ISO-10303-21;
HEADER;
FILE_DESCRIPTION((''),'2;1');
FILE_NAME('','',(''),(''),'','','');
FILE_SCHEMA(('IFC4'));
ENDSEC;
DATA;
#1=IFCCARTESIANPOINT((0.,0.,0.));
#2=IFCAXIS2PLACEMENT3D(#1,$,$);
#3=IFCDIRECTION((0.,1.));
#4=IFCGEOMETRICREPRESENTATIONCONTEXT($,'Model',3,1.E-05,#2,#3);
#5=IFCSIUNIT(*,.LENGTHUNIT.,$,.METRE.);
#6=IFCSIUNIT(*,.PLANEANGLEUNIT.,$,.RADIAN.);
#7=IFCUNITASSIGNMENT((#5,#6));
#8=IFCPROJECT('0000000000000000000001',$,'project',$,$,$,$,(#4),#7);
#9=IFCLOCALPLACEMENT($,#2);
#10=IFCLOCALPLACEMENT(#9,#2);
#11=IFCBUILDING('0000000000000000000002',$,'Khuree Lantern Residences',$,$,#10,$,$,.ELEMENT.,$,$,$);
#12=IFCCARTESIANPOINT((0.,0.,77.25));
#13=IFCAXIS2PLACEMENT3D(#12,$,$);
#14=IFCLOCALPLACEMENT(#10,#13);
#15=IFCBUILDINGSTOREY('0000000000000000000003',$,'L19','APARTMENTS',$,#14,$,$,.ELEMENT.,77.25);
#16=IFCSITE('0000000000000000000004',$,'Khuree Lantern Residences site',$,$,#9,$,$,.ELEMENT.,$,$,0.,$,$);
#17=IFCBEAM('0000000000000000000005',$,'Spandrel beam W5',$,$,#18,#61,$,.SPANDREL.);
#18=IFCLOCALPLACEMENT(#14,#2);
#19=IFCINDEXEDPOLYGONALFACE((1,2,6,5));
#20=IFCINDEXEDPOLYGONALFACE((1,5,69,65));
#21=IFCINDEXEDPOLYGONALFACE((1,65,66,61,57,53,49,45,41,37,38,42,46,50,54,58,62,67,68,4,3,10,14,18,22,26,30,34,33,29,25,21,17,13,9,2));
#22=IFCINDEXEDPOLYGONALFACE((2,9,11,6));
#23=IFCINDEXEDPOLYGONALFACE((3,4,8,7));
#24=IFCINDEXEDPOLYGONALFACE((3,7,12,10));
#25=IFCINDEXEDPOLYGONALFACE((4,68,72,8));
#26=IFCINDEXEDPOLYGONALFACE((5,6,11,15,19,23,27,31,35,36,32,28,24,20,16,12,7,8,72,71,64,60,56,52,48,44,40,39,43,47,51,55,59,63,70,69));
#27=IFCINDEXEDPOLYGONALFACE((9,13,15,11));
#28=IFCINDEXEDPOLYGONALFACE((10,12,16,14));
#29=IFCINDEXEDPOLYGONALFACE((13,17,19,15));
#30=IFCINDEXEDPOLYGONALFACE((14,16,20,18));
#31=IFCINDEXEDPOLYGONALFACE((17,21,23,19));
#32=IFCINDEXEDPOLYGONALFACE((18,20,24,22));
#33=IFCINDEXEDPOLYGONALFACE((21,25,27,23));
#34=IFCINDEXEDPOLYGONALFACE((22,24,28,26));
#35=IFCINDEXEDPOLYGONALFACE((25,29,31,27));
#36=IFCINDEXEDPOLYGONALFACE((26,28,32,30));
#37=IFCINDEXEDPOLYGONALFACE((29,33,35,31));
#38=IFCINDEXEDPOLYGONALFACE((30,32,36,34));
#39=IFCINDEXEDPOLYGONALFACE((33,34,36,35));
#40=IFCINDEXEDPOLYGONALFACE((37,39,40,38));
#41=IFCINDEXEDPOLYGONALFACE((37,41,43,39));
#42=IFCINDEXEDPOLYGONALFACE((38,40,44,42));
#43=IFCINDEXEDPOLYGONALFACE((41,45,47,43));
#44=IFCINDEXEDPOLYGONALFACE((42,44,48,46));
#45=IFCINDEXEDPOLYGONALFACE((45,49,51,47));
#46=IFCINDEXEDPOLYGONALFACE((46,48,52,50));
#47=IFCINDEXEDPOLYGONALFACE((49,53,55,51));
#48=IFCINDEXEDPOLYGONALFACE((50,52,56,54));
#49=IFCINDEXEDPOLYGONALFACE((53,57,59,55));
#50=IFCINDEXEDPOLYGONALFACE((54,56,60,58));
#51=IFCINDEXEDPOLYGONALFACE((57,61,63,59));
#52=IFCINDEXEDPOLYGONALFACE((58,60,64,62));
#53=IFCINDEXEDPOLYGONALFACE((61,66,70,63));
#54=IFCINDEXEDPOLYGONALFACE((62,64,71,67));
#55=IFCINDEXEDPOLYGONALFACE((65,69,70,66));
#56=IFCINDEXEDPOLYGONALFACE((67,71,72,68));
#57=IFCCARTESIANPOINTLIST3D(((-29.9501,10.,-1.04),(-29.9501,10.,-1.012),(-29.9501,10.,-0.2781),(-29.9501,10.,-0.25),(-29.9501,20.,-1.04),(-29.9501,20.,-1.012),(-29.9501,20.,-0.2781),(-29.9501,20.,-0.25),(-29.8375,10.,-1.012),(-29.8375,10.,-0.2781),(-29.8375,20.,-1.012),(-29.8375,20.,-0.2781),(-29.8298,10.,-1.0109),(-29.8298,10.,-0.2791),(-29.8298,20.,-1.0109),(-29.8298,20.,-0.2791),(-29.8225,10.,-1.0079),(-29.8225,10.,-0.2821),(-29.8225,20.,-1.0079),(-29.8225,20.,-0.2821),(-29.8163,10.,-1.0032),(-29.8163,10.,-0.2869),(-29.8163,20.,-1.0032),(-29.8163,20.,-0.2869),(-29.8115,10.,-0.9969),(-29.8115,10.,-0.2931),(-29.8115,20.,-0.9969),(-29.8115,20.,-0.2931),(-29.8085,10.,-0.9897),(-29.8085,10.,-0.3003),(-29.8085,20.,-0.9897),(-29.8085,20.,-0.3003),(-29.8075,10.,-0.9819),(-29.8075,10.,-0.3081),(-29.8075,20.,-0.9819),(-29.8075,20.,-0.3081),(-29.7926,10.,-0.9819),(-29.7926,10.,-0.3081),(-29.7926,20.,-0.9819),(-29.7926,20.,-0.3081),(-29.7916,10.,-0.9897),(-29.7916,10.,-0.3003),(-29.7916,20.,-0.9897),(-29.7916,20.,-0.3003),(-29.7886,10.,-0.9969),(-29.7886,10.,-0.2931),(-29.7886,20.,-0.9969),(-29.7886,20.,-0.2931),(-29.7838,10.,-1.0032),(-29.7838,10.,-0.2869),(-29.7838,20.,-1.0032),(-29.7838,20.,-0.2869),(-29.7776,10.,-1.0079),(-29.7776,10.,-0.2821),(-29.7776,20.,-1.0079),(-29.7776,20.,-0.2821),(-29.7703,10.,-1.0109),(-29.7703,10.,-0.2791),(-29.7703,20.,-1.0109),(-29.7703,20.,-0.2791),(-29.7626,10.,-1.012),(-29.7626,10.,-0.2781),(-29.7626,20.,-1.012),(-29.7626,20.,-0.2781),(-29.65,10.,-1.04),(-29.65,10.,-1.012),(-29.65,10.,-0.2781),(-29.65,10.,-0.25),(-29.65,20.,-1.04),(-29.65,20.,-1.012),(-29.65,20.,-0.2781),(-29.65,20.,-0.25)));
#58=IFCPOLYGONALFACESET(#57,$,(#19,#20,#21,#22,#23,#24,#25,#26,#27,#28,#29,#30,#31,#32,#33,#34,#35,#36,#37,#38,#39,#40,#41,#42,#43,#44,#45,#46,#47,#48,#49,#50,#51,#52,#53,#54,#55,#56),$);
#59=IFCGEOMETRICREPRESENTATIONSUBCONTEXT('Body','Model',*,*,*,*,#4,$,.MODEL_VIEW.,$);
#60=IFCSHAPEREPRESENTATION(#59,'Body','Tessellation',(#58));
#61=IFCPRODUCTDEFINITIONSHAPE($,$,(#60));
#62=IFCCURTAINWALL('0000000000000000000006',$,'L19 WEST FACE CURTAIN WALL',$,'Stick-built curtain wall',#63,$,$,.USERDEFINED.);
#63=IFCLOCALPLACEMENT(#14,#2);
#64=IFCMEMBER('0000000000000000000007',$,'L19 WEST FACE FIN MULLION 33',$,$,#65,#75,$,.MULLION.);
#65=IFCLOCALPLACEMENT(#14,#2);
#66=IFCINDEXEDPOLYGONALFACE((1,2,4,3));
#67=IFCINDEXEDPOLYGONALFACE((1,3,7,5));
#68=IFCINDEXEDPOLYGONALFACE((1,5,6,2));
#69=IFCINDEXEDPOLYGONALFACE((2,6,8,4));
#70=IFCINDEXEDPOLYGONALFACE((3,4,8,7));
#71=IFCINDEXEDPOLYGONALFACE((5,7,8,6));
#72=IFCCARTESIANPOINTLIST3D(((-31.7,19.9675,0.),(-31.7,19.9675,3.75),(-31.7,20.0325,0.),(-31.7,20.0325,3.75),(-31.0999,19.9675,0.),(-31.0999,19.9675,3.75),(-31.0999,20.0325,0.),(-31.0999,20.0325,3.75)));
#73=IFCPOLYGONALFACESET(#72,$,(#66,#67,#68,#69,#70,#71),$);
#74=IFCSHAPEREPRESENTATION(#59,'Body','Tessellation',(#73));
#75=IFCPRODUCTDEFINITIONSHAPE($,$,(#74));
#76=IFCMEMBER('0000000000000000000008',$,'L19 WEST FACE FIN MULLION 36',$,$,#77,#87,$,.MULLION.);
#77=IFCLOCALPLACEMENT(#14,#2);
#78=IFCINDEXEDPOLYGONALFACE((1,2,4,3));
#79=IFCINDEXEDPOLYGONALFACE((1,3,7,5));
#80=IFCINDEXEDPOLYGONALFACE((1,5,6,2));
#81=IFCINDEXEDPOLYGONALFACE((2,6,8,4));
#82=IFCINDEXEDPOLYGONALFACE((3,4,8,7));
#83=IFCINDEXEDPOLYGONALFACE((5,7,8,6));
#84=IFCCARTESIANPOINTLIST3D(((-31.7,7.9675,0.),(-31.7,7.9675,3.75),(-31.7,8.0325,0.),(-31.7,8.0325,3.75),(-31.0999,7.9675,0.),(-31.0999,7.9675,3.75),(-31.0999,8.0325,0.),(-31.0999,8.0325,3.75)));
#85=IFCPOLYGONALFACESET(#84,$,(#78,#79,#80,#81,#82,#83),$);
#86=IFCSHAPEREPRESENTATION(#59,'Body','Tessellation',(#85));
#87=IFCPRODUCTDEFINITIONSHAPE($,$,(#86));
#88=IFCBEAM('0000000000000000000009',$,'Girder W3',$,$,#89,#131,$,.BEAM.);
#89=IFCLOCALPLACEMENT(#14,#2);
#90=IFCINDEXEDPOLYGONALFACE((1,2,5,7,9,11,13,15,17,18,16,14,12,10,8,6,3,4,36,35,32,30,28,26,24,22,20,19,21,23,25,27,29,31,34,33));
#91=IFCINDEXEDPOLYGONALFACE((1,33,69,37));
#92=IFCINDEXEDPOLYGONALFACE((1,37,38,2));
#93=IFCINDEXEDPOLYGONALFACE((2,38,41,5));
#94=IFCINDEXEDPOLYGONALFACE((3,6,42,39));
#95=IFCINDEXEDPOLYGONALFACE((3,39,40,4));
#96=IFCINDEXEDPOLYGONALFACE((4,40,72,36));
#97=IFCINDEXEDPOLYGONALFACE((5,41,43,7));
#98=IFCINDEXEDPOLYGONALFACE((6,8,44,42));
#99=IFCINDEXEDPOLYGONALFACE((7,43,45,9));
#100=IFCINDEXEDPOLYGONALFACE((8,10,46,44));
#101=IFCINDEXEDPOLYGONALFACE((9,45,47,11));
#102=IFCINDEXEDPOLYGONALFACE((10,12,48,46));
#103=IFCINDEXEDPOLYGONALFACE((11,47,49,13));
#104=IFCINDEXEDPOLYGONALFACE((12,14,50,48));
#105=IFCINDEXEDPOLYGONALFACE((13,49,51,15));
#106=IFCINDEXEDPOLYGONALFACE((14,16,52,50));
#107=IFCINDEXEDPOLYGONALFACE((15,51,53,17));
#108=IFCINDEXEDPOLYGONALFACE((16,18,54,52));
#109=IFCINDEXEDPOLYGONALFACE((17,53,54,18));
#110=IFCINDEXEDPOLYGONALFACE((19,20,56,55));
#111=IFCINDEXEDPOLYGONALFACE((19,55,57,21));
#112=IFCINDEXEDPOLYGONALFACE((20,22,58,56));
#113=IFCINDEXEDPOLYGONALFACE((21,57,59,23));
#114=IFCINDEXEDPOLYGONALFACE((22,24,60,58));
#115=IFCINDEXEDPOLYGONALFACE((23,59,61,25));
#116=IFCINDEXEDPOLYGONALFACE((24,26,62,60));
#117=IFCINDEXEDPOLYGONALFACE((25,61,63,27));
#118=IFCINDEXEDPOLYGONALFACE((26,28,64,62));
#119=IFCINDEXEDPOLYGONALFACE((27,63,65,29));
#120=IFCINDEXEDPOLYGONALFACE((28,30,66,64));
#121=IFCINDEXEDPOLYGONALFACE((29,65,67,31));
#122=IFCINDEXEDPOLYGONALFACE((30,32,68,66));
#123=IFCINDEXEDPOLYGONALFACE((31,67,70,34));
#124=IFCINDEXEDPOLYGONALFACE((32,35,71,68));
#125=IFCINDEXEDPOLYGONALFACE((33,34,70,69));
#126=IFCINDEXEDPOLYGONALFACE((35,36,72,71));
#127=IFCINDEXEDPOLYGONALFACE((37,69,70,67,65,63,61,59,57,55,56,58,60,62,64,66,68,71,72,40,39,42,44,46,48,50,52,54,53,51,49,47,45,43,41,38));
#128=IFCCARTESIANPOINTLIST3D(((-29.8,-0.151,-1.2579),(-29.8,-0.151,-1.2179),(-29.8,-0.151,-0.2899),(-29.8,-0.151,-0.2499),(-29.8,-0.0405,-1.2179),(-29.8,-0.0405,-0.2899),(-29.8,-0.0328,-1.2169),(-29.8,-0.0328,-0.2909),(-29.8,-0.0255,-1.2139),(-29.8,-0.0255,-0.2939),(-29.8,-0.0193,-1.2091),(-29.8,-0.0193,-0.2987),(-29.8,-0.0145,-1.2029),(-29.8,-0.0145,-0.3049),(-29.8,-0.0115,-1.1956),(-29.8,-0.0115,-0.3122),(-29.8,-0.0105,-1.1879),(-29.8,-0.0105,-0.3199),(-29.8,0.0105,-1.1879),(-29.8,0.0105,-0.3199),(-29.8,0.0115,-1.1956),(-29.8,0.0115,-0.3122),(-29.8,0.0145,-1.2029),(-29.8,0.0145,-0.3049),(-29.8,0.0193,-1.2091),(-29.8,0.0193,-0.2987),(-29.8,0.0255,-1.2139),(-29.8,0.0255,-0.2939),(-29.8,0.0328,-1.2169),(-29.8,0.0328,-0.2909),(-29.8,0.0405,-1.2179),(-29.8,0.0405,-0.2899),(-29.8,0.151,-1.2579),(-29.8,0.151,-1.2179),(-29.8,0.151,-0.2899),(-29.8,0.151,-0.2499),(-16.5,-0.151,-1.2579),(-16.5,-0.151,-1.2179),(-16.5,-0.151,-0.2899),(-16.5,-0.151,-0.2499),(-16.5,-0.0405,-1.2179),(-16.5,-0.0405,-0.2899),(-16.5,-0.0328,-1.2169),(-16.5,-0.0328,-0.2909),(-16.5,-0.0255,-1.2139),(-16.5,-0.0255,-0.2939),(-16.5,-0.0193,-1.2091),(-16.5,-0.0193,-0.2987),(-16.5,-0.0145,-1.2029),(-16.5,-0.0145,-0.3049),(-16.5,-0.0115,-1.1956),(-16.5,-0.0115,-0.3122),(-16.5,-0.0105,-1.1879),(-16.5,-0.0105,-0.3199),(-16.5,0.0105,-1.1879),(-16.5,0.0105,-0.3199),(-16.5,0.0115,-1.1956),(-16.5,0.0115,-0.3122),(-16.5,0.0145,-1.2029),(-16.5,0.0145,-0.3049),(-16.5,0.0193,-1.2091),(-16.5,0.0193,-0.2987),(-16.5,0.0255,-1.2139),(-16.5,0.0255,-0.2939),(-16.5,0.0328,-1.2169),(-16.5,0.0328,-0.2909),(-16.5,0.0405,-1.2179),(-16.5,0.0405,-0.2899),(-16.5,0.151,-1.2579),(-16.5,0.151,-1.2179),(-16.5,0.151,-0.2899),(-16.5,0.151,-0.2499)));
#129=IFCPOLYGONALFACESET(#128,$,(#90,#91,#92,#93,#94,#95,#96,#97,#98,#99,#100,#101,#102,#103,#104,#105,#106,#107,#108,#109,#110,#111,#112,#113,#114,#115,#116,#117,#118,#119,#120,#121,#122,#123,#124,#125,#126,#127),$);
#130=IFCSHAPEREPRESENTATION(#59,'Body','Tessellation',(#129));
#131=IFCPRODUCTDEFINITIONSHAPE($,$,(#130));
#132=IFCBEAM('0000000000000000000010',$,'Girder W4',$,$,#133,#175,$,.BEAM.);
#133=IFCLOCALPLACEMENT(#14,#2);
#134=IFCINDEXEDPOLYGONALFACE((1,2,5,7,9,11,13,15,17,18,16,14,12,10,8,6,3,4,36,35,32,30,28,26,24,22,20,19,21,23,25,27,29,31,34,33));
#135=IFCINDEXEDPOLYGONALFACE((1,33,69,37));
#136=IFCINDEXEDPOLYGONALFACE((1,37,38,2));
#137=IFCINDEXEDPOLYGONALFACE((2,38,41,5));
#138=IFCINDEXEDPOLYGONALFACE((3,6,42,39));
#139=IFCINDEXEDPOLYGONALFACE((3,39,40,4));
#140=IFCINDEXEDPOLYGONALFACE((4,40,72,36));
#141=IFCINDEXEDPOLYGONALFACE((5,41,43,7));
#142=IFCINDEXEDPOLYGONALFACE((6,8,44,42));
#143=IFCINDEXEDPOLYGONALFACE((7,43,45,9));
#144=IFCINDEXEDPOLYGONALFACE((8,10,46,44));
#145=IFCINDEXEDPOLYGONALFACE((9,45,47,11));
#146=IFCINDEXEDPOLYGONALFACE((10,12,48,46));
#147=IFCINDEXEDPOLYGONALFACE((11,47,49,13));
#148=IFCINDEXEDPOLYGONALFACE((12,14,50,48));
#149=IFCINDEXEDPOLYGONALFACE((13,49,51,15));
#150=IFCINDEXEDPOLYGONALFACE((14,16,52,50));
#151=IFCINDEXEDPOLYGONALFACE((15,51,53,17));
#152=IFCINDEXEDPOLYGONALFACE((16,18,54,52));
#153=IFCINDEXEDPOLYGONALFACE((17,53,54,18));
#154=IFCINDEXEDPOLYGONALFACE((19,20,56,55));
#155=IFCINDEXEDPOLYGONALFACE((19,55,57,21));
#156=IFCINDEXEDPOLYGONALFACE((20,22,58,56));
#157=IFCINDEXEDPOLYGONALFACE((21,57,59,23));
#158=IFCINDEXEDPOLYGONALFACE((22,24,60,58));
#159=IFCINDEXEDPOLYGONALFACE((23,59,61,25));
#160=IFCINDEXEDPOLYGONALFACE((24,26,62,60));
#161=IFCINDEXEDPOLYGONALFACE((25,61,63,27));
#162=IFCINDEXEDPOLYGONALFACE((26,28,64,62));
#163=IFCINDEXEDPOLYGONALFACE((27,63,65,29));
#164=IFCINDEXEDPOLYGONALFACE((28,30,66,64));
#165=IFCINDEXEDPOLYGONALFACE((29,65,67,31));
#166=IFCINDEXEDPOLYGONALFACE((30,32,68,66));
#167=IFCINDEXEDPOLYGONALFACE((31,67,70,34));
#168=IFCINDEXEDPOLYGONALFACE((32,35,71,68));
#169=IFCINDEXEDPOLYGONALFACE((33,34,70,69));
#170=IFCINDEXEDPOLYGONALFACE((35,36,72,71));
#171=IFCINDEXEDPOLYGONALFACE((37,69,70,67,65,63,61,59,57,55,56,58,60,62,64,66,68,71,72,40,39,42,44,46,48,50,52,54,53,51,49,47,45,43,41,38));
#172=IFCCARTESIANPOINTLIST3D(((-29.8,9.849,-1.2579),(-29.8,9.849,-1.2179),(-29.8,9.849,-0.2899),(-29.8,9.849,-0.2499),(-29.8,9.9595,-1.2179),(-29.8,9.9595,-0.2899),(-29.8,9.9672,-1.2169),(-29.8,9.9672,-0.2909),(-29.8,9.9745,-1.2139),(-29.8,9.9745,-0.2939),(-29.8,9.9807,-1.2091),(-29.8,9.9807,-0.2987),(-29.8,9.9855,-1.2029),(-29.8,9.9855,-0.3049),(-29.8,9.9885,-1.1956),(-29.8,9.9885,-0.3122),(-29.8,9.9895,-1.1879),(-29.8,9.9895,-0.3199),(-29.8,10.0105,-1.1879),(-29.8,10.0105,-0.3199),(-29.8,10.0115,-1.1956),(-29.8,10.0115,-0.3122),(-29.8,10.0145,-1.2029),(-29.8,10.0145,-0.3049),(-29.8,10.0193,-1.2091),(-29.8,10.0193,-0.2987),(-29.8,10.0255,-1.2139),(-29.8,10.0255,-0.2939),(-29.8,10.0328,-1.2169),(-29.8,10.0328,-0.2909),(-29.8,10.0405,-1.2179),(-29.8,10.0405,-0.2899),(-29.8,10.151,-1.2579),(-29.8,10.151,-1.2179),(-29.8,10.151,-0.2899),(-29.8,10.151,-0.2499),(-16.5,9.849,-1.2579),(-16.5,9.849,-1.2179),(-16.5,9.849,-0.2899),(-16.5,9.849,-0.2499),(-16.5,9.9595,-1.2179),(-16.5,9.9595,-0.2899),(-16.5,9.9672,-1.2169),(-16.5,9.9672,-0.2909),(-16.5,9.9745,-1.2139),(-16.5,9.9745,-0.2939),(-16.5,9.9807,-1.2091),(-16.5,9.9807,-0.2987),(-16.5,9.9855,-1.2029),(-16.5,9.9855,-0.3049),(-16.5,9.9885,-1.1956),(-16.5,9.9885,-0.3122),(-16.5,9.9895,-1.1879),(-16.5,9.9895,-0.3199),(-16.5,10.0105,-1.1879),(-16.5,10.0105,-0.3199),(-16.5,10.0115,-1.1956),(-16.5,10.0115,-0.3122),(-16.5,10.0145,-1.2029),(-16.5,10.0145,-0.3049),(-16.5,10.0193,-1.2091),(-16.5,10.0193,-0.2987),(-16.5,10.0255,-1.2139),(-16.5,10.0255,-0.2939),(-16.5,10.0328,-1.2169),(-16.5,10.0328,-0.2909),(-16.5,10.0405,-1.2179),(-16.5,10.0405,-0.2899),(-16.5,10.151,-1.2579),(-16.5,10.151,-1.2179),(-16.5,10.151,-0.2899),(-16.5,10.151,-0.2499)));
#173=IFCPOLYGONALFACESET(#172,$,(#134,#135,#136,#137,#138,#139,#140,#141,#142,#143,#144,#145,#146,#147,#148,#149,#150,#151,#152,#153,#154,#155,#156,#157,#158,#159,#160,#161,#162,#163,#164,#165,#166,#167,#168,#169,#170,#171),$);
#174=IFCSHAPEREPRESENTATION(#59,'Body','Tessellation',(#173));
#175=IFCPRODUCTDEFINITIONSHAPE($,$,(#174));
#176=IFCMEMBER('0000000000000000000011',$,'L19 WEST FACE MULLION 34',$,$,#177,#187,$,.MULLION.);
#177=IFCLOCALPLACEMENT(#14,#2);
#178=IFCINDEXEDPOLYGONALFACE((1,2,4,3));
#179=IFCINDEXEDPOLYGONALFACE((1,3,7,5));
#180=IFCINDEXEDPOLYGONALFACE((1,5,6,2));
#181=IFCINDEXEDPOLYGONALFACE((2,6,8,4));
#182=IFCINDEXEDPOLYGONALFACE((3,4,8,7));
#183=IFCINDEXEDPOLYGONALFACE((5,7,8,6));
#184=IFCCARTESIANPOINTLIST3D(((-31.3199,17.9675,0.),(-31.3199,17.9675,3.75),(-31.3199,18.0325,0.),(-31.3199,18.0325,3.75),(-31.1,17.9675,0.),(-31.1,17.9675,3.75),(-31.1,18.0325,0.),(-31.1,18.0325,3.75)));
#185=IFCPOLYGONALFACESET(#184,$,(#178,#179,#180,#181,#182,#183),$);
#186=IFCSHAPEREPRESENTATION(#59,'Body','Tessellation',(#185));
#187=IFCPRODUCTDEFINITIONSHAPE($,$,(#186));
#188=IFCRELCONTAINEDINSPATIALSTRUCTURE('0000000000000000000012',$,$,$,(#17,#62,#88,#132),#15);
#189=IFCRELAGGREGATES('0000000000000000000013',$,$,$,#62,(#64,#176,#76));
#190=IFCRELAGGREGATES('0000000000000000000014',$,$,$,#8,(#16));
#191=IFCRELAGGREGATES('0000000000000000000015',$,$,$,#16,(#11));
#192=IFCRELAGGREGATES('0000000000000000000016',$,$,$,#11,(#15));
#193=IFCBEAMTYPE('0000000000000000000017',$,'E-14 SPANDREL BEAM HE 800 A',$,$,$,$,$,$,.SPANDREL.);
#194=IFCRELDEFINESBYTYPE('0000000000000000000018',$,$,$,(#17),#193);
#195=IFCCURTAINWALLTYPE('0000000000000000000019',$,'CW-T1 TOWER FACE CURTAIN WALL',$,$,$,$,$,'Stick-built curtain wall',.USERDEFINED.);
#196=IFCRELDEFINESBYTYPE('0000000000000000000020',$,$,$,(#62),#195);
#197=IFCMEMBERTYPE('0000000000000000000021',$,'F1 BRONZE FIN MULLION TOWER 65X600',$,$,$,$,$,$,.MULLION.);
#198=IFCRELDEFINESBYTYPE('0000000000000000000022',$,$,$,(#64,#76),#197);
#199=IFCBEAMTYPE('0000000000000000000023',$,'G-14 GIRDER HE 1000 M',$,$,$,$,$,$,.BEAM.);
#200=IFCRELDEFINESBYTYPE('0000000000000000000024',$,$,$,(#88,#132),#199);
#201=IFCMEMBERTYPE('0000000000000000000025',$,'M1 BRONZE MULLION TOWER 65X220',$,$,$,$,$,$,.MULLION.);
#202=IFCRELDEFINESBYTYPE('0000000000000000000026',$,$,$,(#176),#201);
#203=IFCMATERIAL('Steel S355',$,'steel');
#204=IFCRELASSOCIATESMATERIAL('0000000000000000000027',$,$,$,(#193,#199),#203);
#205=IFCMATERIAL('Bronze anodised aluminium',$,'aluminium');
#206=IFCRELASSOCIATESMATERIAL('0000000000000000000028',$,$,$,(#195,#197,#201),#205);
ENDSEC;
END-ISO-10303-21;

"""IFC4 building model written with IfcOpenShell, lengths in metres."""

from ifc_helpers import new_model, si_unit, direction, frame, origin, origin_2d, place, context, subcontext, project, spatial, rectangle, i_section, extrude, material, material_profile, profile_set, type_object, element, aggregate, save


model = new_model("IFC4")

# Units and contexts
model_context = context("Model", 3, precision=1e-05, world=origin(), true_north=direction((0.0, 1.0)))
body_context = subcontext(model_context, "Body", "Model", "MODEL_VIEW")
ifc_project = project(units=[si_unit("LENGTHUNIT", "METRE"), si_unit("PLANEANGLEUNIT", "RADIAN")], contexts=[model_context])

# Site, building, storey
site_placement = place(None, origin())
site = spatial("IfcSite", under=ifc_project, at=site_placement, Name="Khuree Lantern Residences site", CompositionType="ELEMENT", RefElevation=0.0)
building_placement = place(site_placement, origin())
building = spatial("IfcBuilding", under=site, at=building_placement, Name="Khuree Lantern Residences", CompositionType="ELEMENT")
storey_placement = place(building_placement, frame((0.0, 0.0, 77.25)))
storey = spatial("IfcBuildingStorey", under=building, at=storey_placement, Name="L19", Description="APARTMENTS", CompositionType="ELEMENT", Elevation=77.25)

# Beam
ifc_material_1 = material(Name="Steel S355", Category="steel")
ifc_material_profile_1 = material_profile(ifc_material_1, i_section(OverallWidth=0.3, OverallDepth=0.79, WebThickness=0.0149, FlangeThickness=0.0281, FilletRadius=0.03, at=origin_2d()), Name="HE 800 A")
ifc_profile_set_1 = profile_set([ifc_material_profile_1], Name="Steel S355")
beam_type_1 = type_object("IfcBeamType", Name="E-14 SPANDREL BEAM HE 800 A", PredefinedType="SPANDREL", material=ifc_profile_set_1)
for number, where, z_axis, x_axis, name in (
    (1, (-29.8, 10.0, -0.645), (0.0, 1.0, 0.0), (-1.0, 0.0, 0.0), "Spandrel beam W5"),
):
    element("IfcBeam", number, at=place(storey_placement, frame(where, z_axis=z_axis, x_axis=x_axis)), inside=storey, type_object=beam_type_1, Name=name, PredefinedType="SPANDREL", context=body_context, shape_type="SweptSolid", body=[
        extrude(i_section(OverallWidth=0.3, OverallDepth=0.79, WebThickness=0.0149, FlangeThickness=0.0281, FilletRadius=0.03, at=origin_2d()), origin(), (0.0, 0.0, 1.0), 10.0),
    ])

# Curtain wall, members
ifc_material_2 = material(Name="Bronze anodised aluminium", Category="aluminium")
curtain_wall_type = type_object("IfcCurtainWallType", Name="CW-T1 TOWER FACE CURTAIN WALL", ElementType="Stick-built curtain wall", PredefinedType="USERDEFINED", material=ifc_material_2)
curtain_wall_placement = place(storey_placement, origin())
curtain_wall = element("IfcCurtainWall", 2, at=curtain_wall_placement, inside=storey, type_object=curtain_wall_type, Name="L19 WEST FACE CURTAIN WALL", ObjectType="Stick-built curtain wall", PredefinedType="USERDEFINED")
ifc_material_profile_2 = material_profile(ifc_material_2, rectangle(XDim=0.0649, YDim=0.6001, at=origin_2d()), Name="F1 65X600")
ifc_profile_set_2 = profile_set([ifc_material_profile_2], Name="Bronze anodised aluminium")
member_type_1 = type_object("IfcMemberType", Name="F1 BRONZE FIN MULLION TOWER 65X600", PredefinedType="MULLION", material=ifc_profile_set_2)
member_1_placement = place(storey_placement, frame((-31.3999, 20.0, 0.0), z_axis=(0.0, 0.0, 1.0), x_axis=(0.0, -1.0, 0.0)))
member_1 = element("IfcMember", 3, at=member_1_placement, type_object=member_type_1, Name="L19 WEST FACE FIN MULLION 33", PredefinedType="MULLION", context=body_context, shape_type="SweptSolid", body=[
    extrude(rectangle(XDim=0.0649, YDim=0.6001, at=origin_2d()), origin(), (0.0, 0.0, 1.0), 3.75),
])
member_2_placement = place(storey_placement, frame((-31.3999, 8.0, 0.0), z_axis=(0.0, 0.0, 1.0), x_axis=(0.0, -1.0, 0.0)))
member_2 = element("IfcMember", 4, at=member_2_placement, type_object=member_type_1, Name="L19 WEST FACE FIN MULLION 36", PredefinedType="MULLION", context=body_context, shape_type="SweptSolid", body=[
    extrude(rectangle(XDim=0.0649, YDim=0.6001, at=origin_2d()), origin(), (0.0, 0.0, 1.0), 3.75),
])

# Beams
ifc_material_profile_3 = material_profile(ifc_material_1, i_section(OverallWidth=0.302, OverallDepth=1.0081, WebThickness=0.021, FlangeThickness=0.04, FilletRadius=0.03, at=origin_2d()), Name="HE 1000 M")
ifc_profile_set_3 = profile_set([ifc_material_profile_3], Name="Steel S355")
beam_type_2 = type_object("IfcBeamType", Name="G-14 GIRDER HE 1000 M", PredefinedType="BEAM", material=ifc_profile_set_3)
for number, where, z_axis, x_axis, name in (
    (5, (-29.8, 0.0, -0.7539), (1.0, 0.0, 0.0), (0.0, 1.0, 0.0), "Girder W3"),
    (6, (-29.8, 10.0, -0.7539), (1.0, 0.0, 0.0), (0.0, 1.0, 0.0), "Girder W4"),
):
    element("IfcBeam", number, at=place(storey_placement, frame(where, z_axis=z_axis, x_axis=x_axis)), inside=storey, type_object=beam_type_2, Name=name, PredefinedType="BEAM", context=body_context, shape_type="SweptSolid", body=[
        extrude(i_section(OverallWidth=0.302, OverallDepth=1.0081, WebThickness=0.021, FlangeThickness=0.04, FilletRadius=0.03, at=origin_2d()), origin(), (0.0, 0.0, 1.0), 13.3),
    ])

# Member
ifc_material_profile_4 = material_profile(ifc_material_2, rectangle(XDim=0.0649, YDim=0.22, at=origin_2d()), Name="M1 65X220")
ifc_profile_set_4 = profile_set([ifc_material_profile_4], Name="Bronze anodised aluminium")
member_type_2 = type_object("IfcMemberType", Name="M1 BRONZE MULLION TOWER 65X220", PredefinedType="MULLION", material=ifc_profile_set_4)
member_3_placement = place(storey_placement, frame((-31.21, 18.0, 0.0), z_axis=(0.0, 0.0, 1.0), x_axis=(0.0, -1.0, 0.0)))
member_3 = element("IfcMember", 7, at=member_3_placement, type_object=member_type_2, Name="L19 WEST FACE MULLION 34", PredefinedType="MULLION", context=body_context, shape_type="SweptSolid", body=[
    extrude(rectangle(XDim=0.0649, YDim=0.22, at=origin_2d()), origin(), (0.0, 0.0, 1.0), 3.75),
])

aggregate(curtain_wall, [member_1, member_3, member_2])

save(model, "model.ifc")
